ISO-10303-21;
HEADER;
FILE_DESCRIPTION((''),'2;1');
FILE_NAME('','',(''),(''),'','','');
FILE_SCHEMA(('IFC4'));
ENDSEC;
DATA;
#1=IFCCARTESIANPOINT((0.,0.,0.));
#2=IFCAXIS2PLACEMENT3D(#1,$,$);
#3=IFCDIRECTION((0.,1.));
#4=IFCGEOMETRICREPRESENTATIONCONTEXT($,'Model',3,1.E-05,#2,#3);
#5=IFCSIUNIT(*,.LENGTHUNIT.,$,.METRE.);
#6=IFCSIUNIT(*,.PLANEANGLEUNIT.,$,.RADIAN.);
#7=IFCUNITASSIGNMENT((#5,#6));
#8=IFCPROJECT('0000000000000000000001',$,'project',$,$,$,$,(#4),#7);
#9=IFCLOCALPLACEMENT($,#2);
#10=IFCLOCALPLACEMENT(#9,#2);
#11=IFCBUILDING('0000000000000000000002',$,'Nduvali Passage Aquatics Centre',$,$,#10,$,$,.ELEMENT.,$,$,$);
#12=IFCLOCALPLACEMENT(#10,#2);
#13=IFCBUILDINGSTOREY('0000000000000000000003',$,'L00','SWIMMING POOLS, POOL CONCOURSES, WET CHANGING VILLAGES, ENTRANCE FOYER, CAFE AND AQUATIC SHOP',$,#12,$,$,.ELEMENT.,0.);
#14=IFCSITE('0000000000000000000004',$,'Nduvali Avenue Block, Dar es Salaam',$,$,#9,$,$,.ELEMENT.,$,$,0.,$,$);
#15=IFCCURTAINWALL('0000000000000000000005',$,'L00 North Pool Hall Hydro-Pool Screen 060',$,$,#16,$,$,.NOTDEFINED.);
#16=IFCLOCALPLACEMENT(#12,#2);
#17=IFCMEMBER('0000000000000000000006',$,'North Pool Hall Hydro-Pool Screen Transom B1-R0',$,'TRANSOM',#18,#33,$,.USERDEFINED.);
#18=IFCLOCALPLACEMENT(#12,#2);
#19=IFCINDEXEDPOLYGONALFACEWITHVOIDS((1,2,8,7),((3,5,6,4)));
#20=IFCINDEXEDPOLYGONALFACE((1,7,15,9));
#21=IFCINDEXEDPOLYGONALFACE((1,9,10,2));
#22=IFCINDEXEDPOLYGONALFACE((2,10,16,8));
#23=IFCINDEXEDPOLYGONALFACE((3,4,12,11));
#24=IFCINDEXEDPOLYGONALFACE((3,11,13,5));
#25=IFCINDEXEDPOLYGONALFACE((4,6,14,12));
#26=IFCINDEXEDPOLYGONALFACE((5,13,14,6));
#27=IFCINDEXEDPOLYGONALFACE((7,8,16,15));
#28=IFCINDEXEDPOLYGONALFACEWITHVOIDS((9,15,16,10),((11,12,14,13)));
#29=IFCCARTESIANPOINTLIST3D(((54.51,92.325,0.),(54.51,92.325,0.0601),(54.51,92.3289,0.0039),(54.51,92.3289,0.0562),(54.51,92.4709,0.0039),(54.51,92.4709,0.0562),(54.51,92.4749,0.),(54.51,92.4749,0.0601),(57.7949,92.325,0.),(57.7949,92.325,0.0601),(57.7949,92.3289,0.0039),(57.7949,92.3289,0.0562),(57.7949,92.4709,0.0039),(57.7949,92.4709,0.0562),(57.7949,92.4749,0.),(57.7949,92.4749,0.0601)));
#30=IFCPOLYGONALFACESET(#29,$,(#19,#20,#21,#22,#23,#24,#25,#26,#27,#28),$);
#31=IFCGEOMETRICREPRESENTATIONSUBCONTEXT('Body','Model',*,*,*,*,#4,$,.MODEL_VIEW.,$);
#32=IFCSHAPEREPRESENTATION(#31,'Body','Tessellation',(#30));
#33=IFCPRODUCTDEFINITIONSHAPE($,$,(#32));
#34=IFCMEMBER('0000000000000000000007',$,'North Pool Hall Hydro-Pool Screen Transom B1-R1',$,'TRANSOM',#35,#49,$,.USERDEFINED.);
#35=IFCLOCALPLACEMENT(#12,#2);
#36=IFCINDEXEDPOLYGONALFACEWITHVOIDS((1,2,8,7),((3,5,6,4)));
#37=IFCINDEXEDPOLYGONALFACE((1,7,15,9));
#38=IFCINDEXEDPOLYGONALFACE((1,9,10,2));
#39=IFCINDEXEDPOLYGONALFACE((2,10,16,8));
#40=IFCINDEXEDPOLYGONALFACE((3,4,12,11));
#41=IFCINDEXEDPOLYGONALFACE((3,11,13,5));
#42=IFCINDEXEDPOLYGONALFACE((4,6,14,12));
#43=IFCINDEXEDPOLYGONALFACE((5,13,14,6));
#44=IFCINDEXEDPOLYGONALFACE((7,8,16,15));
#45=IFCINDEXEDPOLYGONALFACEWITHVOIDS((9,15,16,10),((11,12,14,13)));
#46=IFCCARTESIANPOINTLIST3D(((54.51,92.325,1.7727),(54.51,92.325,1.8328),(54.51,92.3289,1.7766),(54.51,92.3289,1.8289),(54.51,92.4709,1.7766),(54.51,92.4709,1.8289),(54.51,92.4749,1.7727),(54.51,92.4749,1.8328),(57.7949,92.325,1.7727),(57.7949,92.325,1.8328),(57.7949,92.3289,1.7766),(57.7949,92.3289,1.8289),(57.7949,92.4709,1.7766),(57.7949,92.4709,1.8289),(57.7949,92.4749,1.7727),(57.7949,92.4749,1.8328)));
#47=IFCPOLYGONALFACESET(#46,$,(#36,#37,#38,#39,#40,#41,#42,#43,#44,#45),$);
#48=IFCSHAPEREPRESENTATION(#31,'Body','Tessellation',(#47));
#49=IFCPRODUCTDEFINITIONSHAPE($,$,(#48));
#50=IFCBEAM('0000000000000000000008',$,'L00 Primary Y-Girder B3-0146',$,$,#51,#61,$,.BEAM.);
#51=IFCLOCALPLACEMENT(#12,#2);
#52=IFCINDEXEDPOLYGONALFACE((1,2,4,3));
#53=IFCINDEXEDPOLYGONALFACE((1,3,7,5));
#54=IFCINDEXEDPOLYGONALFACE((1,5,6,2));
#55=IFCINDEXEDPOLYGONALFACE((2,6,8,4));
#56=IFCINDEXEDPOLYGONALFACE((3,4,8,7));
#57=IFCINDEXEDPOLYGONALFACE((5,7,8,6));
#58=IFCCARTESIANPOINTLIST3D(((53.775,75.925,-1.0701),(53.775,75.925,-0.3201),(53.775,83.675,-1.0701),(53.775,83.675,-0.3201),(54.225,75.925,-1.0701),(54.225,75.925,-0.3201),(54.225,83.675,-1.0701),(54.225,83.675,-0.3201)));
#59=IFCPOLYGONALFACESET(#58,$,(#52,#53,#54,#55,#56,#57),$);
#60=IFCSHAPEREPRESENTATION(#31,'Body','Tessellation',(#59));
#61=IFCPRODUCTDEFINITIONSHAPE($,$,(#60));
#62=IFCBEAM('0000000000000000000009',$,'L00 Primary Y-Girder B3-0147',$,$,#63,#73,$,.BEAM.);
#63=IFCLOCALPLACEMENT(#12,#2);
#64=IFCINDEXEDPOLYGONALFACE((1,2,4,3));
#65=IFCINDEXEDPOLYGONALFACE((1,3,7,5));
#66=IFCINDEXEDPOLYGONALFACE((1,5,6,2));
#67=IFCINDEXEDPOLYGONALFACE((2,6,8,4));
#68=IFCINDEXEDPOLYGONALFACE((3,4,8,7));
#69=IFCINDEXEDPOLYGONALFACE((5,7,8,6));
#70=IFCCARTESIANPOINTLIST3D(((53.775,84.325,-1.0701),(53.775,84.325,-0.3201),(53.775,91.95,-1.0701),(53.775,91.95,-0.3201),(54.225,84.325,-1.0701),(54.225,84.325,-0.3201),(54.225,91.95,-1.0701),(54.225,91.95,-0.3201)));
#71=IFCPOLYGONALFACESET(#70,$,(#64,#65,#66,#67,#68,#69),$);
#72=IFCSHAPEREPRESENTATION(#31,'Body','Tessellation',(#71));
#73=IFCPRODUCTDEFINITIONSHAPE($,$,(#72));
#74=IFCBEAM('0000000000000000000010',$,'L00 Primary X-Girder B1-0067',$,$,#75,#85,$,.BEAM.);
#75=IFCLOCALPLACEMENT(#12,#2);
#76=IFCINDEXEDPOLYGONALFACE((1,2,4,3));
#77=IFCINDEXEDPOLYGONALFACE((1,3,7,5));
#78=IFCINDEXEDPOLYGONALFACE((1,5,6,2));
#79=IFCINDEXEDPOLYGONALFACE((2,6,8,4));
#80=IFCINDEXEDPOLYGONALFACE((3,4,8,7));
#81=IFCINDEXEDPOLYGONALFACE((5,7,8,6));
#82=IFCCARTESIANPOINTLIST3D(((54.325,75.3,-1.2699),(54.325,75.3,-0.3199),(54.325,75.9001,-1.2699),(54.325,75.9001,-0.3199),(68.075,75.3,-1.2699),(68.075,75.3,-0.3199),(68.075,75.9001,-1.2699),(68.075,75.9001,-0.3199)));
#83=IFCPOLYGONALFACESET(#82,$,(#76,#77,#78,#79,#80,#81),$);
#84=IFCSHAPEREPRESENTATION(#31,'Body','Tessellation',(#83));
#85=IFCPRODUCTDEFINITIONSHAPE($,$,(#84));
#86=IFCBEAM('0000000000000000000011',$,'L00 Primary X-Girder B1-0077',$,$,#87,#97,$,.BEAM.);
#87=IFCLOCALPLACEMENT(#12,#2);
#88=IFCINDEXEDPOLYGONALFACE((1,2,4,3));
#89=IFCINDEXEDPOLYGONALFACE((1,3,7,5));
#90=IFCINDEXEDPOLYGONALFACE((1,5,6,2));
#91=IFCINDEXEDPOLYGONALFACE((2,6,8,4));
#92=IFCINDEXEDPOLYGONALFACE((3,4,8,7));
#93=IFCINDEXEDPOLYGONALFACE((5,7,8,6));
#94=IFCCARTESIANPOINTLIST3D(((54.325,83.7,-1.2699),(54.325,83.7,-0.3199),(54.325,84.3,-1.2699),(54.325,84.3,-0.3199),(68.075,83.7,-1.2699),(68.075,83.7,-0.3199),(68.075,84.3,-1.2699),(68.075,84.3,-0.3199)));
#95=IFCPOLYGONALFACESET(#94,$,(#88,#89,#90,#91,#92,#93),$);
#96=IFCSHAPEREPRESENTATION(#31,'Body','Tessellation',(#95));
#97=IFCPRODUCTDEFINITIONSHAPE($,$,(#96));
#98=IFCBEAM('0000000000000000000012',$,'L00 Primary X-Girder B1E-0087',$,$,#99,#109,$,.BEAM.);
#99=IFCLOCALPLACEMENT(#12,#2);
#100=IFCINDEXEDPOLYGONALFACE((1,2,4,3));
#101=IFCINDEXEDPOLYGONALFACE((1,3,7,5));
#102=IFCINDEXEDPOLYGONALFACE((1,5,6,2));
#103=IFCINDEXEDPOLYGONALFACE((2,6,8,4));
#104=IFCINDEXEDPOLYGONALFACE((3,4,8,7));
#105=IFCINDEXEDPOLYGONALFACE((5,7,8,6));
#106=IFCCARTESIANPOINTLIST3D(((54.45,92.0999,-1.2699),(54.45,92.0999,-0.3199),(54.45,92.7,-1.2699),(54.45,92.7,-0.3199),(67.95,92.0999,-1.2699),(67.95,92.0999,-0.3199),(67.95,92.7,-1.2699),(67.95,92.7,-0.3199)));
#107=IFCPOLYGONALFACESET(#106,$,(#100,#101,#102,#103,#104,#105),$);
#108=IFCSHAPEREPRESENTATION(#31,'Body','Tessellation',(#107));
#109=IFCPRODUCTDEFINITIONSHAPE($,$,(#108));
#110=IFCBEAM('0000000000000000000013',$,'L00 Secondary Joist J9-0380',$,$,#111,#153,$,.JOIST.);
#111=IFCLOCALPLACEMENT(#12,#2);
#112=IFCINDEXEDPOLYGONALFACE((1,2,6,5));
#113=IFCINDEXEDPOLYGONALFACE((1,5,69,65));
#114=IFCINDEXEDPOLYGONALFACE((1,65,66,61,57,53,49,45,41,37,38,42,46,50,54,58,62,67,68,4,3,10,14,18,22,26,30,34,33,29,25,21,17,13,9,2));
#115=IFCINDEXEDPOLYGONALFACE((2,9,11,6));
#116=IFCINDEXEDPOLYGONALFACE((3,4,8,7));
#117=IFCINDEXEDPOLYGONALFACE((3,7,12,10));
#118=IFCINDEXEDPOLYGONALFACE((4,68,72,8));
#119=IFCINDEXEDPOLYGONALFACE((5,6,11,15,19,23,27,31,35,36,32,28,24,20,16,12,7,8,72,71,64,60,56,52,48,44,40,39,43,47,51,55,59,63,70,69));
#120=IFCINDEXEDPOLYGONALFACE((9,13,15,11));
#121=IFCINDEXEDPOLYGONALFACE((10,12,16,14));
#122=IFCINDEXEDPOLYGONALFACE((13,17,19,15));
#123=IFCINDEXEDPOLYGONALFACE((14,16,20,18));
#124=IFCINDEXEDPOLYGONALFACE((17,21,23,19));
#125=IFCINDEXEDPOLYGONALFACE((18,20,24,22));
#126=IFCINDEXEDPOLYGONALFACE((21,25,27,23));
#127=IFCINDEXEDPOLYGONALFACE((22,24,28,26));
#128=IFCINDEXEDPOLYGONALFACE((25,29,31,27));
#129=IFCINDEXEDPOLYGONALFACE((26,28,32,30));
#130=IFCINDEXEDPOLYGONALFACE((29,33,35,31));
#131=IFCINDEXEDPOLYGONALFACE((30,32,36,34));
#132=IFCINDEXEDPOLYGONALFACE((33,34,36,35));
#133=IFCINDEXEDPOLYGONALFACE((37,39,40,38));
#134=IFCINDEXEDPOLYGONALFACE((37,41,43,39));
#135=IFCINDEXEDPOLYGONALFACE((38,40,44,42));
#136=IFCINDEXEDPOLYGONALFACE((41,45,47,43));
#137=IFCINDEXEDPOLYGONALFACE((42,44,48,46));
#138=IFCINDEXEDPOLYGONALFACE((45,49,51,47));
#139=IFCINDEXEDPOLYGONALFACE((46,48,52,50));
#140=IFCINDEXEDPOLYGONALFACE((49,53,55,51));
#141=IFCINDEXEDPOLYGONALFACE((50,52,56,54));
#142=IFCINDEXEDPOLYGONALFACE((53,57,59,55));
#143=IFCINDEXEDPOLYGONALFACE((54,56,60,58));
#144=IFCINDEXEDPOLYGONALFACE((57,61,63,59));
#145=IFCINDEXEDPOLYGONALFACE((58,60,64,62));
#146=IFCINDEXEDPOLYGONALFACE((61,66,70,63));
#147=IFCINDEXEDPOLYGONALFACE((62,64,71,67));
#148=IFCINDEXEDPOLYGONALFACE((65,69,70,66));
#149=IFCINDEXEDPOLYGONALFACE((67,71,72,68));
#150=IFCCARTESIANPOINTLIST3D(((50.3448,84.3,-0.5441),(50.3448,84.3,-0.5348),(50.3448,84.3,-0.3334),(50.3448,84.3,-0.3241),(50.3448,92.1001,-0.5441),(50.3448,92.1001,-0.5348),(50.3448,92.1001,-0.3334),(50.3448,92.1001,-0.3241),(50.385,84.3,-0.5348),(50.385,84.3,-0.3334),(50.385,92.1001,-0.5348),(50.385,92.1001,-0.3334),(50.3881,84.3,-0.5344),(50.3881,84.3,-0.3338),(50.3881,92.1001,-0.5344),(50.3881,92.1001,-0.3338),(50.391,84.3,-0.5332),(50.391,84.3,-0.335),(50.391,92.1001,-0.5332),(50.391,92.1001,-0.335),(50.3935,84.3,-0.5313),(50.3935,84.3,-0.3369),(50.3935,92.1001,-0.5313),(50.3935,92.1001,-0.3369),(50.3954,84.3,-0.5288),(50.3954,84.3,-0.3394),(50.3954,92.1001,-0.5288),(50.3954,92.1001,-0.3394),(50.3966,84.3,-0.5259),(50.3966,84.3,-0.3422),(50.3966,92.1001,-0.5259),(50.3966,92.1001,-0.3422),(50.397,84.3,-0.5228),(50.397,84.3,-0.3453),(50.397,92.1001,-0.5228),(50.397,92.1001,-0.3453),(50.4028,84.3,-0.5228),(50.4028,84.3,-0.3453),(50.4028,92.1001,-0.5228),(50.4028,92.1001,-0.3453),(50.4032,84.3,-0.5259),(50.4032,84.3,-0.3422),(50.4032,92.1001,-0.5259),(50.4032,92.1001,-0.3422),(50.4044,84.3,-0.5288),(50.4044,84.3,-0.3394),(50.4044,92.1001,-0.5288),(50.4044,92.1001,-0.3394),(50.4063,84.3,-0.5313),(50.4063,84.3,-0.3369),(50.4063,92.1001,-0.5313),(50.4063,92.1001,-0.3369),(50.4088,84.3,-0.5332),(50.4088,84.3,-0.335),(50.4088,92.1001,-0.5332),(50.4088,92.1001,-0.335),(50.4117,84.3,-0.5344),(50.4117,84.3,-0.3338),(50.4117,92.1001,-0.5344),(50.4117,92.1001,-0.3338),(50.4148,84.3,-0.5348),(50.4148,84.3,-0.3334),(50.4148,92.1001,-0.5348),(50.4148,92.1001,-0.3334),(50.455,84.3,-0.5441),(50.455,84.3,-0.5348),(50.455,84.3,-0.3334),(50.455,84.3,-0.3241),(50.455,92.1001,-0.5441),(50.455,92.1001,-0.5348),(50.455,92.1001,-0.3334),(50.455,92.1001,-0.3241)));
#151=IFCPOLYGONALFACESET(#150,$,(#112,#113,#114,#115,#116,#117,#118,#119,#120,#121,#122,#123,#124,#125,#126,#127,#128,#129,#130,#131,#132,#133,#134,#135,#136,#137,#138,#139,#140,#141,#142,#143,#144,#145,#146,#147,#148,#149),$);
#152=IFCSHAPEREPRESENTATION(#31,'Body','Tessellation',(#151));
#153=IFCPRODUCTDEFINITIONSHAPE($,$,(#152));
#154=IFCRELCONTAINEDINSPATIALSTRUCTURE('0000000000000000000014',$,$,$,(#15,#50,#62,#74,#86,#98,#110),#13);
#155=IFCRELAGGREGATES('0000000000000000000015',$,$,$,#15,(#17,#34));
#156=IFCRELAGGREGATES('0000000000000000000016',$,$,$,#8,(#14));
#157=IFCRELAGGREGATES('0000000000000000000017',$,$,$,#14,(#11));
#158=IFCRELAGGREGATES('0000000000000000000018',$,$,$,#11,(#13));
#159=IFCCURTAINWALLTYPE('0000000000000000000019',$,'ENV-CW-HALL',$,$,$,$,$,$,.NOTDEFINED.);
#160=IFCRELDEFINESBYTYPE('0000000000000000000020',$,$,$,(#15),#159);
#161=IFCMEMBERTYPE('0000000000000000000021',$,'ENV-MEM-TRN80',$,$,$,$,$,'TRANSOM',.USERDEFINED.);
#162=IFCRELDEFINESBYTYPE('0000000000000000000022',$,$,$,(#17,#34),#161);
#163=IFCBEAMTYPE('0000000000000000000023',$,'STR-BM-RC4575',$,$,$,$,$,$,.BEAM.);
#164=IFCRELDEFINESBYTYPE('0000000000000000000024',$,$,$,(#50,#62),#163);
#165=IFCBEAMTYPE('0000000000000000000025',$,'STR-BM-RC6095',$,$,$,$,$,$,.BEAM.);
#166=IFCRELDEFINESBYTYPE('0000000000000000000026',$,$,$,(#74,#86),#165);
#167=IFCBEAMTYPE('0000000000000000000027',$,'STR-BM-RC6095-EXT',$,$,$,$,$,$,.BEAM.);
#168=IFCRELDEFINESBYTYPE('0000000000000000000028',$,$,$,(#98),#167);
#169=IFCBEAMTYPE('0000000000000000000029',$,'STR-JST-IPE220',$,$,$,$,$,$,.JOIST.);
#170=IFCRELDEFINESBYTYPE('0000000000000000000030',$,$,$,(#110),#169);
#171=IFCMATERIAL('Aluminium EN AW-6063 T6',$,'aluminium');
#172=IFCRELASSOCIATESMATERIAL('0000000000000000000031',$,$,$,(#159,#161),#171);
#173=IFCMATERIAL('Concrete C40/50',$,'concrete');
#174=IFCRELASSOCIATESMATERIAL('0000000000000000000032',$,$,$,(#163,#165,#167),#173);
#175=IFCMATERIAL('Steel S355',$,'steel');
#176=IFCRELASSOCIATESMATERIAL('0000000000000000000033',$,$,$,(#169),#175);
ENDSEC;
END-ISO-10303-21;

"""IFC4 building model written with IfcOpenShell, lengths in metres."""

from ifc_helpers import new_model, si_unit, direction, frame, origin, origin_2d, place, context, subcontext, project, spatial, rectangle, hollow_rectangle, i_section, extrude, material, material_profile, profile_set, type_object, element, aggregate, save


model = new_model("IFC4")

# Units and contexts
model_context = context("Model", 3, precision=1e-05, world=origin(), true_north=direction((0.0, 1.0)))
body_context = subcontext(model_context, "Body", "Model", "MODEL_VIEW")
ifc_project = project(units=[si_unit("LENGTHUNIT", "METRE"), si_unit("PLANEANGLEUNIT", "RADIAN")], contexts=[model_context])

# Site, building, storey
site_placement = place(None, origin())
site = spatial("IfcSite", under=ifc_project, at=site_placement, Name="Nduvali Avenue Block, Dar es Salaam", CompositionType="ELEMENT", RefElevation=0.0)
building_placement = place(site_placement, origin())
building = spatial("IfcBuilding", under=site, at=building_placement, Name="Nduvali Passage Aquatics Centre", CompositionType="ELEMENT")
storey_placement = place(building_placement, origin())
storey = spatial("IfcBuildingStorey", under=building, at=storey_placement, Name="L00", Description="SWIMMING POOLS, POOL CONCOURSES, WET CHANGING VILLAGES, ENTRANCE FOYER, CAFE AND AQUATIC SHOP", CompositionType="ELEMENT", Elevation=0.0)

# Shared definitions
ifc_material_1 = material(Name="Concrete C40/50", Category="concrete")

# Shared definitions
ifc_material_2 = material(Name="Aluminium EN AW-6063 T6", Category="aluminium")
curtain_wall_type = type_object("IfcCurtainWallType", Name="ENV-CW-HALL", PredefinedType="NOTDEFINED", material=ifc_material_2)

# Curtain wall
curtain_wall_1_placement = place(storey_placement, origin())
curtain_wall_1 = element("IfcCurtainWall", 1, at=curtain_wall_1_placement, inside=storey, type_object=curtain_wall_type, Name="L00 North Pool Hall Hydro-Pool Screen 060", PredefinedType="NOTDEFINED")

# Members
ifc_material_profile_1 = material_profile(ifc_material_2, hollow_rectangle(XDim=0.1499, YDim=0.0601, WallThickness=0.0039, at=origin_2d()), Name="ALU TRANSOM 150x60x4")
ifc_profile_set_1 = profile_set([ifc_material_profile_1], Name="Aluminium EN AW-6063 T6")
member_type_1 = type_object("IfcMemberType", Name="ENV-MEM-TRN80", ElementType="TRANSOM", PredefinedType="USERDEFINED", material=ifc_profile_set_1)
member_1_placement = place(storey_placement, frame((54.51, 92.3999, 0.03), z_axis=(1.0, 0.0, 0.0), x_axis=(0.0, 1.0, 0.0)))
member_1 = element("IfcMember", 2, at=member_1_placement, type_object=member_type_1, Name="North Pool Hall Hydro-Pool Screen Transom B1-R0", ObjectType="TRANSOM", PredefinedType="USERDEFINED", context=body_context, shape_type="SweptSolid", body=[
    extrude(hollow_rectangle(XDim=0.1499, YDim=0.0601, WallThickness=0.0039, at=origin_2d()), origin(), (0.0, 0.0, 1.0), 3.2849),
])
member_2_placement = place(storey_placement, frame((54.51, 92.3999, 1.8027), z_axis=(1.0, 0.0, 0.0), x_axis=(0.0, 1.0, 0.0)))
member_2 = element("IfcMember", 3, at=member_2_placement, type_object=member_type_1, Name="North Pool Hall Hydro-Pool Screen Transom B1-R1", ObjectType="TRANSOM", PredefinedType="USERDEFINED", context=body_context, shape_type="SweptSolid", body=[
    extrude(hollow_rectangle(XDim=0.1499, YDim=0.0601, WallThickness=0.0039, at=origin_2d()), origin(), (0.0, 0.0, 1.0), 3.2849),
])
aggregate(curtain_wall_1, [member_1, member_2])

# Beams
ifc_material_profile_2 = material_profile(ifc_material_1, rectangle(XDim=0.45, YDim=0.75, at=origin_2d()), Name="RC 450x750")
ifc_profile_set_2 = profile_set([ifc_material_profile_2], Name="Concrete C40/50")
beam_type_1 = type_object("IfcBeamType", Name="STR-BM-RC4575", PredefinedType="BEAM", material=ifc_profile_set_2)
beam_1_placement = place(storey_placement, frame((54.0, 75.925, -0.6951), z_axis=(0.0, 1.0, 0.0), x_axis=(-1.0, 0.0, 0.0)))
element("IfcBeam", 4, at=beam_1_placement, inside=storey, type_object=beam_type_1, Name="L00 Primary Y-Girder B3-0146", PredefinedType="BEAM", context=body_context, shape_type="SweptSolid", body=[
    extrude(rectangle(XDim=0.45, YDim=0.75, at=origin_2d()), origin(), (0.0, 0.0, 1.0), 7.75),
])
beam_2_placement = place(storey_placement, frame((54.0, 84.325, -0.6951), z_axis=(0.0, 1.0, 0.0), x_axis=(-1.0, 0.0, 0.0)))
element("IfcBeam", 5, at=beam_2_placement, inside=storey, type_object=beam_type_1, Name="L00 Primary Y-Girder B3-0147", PredefinedType="BEAM", context=body_context, shape_type="SweptSolid", body=[
    extrude(rectangle(XDim=0.45, YDim=0.75, at=origin_2d()), origin(), (0.0, 0.0, 1.0), 7.625),
])
ifc_material_profile_3 = material_profile(ifc_material_1, rectangle(XDim=0.6001, YDim=0.95, at=origin_2d()), Name="RC 600x950")
ifc_profile_set_3 = profile_set([ifc_material_profile_3], Name="Concrete C40/50")
beam_type_2 = type_object("IfcBeamType", Name="STR-BM-RC6095", PredefinedType="BEAM", material=ifc_profile_set_3)
for number, where, z_axis, x_axis, name in (
    (6, (54.325, 75.6001, -0.7949), (1.0, 0.0, 0.0), (0.0, 1.0, 0.0), "L00 Primary X-Girder B1-0067"),
    (7, (54.325, 84.0, -0.7949), (1.0, 0.0, 0.0), (0.0, 1.0, 0.0), "L00 Primary X-Girder B1-0077"),
):
    element("IfcBeam", number, at=place(storey_placement, frame(where, z_axis=z_axis, x_axis=x_axis)), inside=storey, type_object=beam_type_2, Name=name, PredefinedType="BEAM", context=body_context, shape_type="SweptSolid", body=[
        extrude(rectangle(XDim=0.6001, YDim=0.95, at=origin_2d()), origin(), (0.0, 0.0, 1.0), 13.75),
    ])
ifc_material_profile_4 = material_profile(ifc_material_1, rectangle(XDim=0.6001, YDim=0.95, at=origin_2d()), Name="RC 600x950")
ifc_profile_set_4 = profile_set([ifc_material_profile_4], Name="Concrete C40/50")
beam_type_3 = type_object("IfcBeamType", Name="STR-BM-RC6095-EXT", PredefinedType="BEAM", material=ifc_profile_set_4)
beam_3_placement = place(storey_placement, frame((54.45, 92.3999, -0.7949), z_axis=(1.0, 0.0, 0.0), x_axis=(0.0, 1.0, 0.0)))
element("IfcBeam", 8, at=beam_3_placement, inside=storey, type_object=beam_type_3, Name="L00 Primary X-Girder B1E-0087", PredefinedType="BEAM", context=body_context, shape_type="SweptSolid", body=[
    extrude(rectangle(XDim=0.6001, YDim=0.95, at=origin_2d()), origin(), (0.0, 0.0, 1.0), 13.5),
])
ifc_material_3 = material(Name="Steel S355", Category="steel")
ifc_material_profile_5 = material_profile(ifc_material_3, i_section(OverallWidth=0.1101, OverallDepth=0.22, WebThickness=0.0059, FlangeThickness=0.0093, FilletRadius=0.012, at=origin_2d()), Name="IPE 220")
ifc_profile_set_5 = profile_set([ifc_material_profile_5], Name="Steel S355")
beam_type_4 = type_object("IfcBeamType", Name="STR-JST-IPE220", PredefinedType="JOIST", material=ifc_profile_set_5)
beam_4_placement = place(storey_placement, frame((50.3999, 84.3, -0.4341), z_axis=(0.0, 1.0, 0.0), x_axis=(-1.0, 0.0, 0.0)))
element("IfcBeam", 9, at=beam_4_placement, inside=storey, type_object=beam_type_4, Name="L00 Secondary Joist J9-0380", PredefinedType="JOIST", context=body_context, shape_type="SweptSolid", body=[
    extrude(i_section(OverallWidth=0.1101, OverallDepth=0.22, WebThickness=0.0059, FlangeThickness=0.0093, FilletRadius=0.012, at=origin_2d()), origin(), (0.0, 0.0, 1.0), 7.8),
])

save(model, "model.ifc")
